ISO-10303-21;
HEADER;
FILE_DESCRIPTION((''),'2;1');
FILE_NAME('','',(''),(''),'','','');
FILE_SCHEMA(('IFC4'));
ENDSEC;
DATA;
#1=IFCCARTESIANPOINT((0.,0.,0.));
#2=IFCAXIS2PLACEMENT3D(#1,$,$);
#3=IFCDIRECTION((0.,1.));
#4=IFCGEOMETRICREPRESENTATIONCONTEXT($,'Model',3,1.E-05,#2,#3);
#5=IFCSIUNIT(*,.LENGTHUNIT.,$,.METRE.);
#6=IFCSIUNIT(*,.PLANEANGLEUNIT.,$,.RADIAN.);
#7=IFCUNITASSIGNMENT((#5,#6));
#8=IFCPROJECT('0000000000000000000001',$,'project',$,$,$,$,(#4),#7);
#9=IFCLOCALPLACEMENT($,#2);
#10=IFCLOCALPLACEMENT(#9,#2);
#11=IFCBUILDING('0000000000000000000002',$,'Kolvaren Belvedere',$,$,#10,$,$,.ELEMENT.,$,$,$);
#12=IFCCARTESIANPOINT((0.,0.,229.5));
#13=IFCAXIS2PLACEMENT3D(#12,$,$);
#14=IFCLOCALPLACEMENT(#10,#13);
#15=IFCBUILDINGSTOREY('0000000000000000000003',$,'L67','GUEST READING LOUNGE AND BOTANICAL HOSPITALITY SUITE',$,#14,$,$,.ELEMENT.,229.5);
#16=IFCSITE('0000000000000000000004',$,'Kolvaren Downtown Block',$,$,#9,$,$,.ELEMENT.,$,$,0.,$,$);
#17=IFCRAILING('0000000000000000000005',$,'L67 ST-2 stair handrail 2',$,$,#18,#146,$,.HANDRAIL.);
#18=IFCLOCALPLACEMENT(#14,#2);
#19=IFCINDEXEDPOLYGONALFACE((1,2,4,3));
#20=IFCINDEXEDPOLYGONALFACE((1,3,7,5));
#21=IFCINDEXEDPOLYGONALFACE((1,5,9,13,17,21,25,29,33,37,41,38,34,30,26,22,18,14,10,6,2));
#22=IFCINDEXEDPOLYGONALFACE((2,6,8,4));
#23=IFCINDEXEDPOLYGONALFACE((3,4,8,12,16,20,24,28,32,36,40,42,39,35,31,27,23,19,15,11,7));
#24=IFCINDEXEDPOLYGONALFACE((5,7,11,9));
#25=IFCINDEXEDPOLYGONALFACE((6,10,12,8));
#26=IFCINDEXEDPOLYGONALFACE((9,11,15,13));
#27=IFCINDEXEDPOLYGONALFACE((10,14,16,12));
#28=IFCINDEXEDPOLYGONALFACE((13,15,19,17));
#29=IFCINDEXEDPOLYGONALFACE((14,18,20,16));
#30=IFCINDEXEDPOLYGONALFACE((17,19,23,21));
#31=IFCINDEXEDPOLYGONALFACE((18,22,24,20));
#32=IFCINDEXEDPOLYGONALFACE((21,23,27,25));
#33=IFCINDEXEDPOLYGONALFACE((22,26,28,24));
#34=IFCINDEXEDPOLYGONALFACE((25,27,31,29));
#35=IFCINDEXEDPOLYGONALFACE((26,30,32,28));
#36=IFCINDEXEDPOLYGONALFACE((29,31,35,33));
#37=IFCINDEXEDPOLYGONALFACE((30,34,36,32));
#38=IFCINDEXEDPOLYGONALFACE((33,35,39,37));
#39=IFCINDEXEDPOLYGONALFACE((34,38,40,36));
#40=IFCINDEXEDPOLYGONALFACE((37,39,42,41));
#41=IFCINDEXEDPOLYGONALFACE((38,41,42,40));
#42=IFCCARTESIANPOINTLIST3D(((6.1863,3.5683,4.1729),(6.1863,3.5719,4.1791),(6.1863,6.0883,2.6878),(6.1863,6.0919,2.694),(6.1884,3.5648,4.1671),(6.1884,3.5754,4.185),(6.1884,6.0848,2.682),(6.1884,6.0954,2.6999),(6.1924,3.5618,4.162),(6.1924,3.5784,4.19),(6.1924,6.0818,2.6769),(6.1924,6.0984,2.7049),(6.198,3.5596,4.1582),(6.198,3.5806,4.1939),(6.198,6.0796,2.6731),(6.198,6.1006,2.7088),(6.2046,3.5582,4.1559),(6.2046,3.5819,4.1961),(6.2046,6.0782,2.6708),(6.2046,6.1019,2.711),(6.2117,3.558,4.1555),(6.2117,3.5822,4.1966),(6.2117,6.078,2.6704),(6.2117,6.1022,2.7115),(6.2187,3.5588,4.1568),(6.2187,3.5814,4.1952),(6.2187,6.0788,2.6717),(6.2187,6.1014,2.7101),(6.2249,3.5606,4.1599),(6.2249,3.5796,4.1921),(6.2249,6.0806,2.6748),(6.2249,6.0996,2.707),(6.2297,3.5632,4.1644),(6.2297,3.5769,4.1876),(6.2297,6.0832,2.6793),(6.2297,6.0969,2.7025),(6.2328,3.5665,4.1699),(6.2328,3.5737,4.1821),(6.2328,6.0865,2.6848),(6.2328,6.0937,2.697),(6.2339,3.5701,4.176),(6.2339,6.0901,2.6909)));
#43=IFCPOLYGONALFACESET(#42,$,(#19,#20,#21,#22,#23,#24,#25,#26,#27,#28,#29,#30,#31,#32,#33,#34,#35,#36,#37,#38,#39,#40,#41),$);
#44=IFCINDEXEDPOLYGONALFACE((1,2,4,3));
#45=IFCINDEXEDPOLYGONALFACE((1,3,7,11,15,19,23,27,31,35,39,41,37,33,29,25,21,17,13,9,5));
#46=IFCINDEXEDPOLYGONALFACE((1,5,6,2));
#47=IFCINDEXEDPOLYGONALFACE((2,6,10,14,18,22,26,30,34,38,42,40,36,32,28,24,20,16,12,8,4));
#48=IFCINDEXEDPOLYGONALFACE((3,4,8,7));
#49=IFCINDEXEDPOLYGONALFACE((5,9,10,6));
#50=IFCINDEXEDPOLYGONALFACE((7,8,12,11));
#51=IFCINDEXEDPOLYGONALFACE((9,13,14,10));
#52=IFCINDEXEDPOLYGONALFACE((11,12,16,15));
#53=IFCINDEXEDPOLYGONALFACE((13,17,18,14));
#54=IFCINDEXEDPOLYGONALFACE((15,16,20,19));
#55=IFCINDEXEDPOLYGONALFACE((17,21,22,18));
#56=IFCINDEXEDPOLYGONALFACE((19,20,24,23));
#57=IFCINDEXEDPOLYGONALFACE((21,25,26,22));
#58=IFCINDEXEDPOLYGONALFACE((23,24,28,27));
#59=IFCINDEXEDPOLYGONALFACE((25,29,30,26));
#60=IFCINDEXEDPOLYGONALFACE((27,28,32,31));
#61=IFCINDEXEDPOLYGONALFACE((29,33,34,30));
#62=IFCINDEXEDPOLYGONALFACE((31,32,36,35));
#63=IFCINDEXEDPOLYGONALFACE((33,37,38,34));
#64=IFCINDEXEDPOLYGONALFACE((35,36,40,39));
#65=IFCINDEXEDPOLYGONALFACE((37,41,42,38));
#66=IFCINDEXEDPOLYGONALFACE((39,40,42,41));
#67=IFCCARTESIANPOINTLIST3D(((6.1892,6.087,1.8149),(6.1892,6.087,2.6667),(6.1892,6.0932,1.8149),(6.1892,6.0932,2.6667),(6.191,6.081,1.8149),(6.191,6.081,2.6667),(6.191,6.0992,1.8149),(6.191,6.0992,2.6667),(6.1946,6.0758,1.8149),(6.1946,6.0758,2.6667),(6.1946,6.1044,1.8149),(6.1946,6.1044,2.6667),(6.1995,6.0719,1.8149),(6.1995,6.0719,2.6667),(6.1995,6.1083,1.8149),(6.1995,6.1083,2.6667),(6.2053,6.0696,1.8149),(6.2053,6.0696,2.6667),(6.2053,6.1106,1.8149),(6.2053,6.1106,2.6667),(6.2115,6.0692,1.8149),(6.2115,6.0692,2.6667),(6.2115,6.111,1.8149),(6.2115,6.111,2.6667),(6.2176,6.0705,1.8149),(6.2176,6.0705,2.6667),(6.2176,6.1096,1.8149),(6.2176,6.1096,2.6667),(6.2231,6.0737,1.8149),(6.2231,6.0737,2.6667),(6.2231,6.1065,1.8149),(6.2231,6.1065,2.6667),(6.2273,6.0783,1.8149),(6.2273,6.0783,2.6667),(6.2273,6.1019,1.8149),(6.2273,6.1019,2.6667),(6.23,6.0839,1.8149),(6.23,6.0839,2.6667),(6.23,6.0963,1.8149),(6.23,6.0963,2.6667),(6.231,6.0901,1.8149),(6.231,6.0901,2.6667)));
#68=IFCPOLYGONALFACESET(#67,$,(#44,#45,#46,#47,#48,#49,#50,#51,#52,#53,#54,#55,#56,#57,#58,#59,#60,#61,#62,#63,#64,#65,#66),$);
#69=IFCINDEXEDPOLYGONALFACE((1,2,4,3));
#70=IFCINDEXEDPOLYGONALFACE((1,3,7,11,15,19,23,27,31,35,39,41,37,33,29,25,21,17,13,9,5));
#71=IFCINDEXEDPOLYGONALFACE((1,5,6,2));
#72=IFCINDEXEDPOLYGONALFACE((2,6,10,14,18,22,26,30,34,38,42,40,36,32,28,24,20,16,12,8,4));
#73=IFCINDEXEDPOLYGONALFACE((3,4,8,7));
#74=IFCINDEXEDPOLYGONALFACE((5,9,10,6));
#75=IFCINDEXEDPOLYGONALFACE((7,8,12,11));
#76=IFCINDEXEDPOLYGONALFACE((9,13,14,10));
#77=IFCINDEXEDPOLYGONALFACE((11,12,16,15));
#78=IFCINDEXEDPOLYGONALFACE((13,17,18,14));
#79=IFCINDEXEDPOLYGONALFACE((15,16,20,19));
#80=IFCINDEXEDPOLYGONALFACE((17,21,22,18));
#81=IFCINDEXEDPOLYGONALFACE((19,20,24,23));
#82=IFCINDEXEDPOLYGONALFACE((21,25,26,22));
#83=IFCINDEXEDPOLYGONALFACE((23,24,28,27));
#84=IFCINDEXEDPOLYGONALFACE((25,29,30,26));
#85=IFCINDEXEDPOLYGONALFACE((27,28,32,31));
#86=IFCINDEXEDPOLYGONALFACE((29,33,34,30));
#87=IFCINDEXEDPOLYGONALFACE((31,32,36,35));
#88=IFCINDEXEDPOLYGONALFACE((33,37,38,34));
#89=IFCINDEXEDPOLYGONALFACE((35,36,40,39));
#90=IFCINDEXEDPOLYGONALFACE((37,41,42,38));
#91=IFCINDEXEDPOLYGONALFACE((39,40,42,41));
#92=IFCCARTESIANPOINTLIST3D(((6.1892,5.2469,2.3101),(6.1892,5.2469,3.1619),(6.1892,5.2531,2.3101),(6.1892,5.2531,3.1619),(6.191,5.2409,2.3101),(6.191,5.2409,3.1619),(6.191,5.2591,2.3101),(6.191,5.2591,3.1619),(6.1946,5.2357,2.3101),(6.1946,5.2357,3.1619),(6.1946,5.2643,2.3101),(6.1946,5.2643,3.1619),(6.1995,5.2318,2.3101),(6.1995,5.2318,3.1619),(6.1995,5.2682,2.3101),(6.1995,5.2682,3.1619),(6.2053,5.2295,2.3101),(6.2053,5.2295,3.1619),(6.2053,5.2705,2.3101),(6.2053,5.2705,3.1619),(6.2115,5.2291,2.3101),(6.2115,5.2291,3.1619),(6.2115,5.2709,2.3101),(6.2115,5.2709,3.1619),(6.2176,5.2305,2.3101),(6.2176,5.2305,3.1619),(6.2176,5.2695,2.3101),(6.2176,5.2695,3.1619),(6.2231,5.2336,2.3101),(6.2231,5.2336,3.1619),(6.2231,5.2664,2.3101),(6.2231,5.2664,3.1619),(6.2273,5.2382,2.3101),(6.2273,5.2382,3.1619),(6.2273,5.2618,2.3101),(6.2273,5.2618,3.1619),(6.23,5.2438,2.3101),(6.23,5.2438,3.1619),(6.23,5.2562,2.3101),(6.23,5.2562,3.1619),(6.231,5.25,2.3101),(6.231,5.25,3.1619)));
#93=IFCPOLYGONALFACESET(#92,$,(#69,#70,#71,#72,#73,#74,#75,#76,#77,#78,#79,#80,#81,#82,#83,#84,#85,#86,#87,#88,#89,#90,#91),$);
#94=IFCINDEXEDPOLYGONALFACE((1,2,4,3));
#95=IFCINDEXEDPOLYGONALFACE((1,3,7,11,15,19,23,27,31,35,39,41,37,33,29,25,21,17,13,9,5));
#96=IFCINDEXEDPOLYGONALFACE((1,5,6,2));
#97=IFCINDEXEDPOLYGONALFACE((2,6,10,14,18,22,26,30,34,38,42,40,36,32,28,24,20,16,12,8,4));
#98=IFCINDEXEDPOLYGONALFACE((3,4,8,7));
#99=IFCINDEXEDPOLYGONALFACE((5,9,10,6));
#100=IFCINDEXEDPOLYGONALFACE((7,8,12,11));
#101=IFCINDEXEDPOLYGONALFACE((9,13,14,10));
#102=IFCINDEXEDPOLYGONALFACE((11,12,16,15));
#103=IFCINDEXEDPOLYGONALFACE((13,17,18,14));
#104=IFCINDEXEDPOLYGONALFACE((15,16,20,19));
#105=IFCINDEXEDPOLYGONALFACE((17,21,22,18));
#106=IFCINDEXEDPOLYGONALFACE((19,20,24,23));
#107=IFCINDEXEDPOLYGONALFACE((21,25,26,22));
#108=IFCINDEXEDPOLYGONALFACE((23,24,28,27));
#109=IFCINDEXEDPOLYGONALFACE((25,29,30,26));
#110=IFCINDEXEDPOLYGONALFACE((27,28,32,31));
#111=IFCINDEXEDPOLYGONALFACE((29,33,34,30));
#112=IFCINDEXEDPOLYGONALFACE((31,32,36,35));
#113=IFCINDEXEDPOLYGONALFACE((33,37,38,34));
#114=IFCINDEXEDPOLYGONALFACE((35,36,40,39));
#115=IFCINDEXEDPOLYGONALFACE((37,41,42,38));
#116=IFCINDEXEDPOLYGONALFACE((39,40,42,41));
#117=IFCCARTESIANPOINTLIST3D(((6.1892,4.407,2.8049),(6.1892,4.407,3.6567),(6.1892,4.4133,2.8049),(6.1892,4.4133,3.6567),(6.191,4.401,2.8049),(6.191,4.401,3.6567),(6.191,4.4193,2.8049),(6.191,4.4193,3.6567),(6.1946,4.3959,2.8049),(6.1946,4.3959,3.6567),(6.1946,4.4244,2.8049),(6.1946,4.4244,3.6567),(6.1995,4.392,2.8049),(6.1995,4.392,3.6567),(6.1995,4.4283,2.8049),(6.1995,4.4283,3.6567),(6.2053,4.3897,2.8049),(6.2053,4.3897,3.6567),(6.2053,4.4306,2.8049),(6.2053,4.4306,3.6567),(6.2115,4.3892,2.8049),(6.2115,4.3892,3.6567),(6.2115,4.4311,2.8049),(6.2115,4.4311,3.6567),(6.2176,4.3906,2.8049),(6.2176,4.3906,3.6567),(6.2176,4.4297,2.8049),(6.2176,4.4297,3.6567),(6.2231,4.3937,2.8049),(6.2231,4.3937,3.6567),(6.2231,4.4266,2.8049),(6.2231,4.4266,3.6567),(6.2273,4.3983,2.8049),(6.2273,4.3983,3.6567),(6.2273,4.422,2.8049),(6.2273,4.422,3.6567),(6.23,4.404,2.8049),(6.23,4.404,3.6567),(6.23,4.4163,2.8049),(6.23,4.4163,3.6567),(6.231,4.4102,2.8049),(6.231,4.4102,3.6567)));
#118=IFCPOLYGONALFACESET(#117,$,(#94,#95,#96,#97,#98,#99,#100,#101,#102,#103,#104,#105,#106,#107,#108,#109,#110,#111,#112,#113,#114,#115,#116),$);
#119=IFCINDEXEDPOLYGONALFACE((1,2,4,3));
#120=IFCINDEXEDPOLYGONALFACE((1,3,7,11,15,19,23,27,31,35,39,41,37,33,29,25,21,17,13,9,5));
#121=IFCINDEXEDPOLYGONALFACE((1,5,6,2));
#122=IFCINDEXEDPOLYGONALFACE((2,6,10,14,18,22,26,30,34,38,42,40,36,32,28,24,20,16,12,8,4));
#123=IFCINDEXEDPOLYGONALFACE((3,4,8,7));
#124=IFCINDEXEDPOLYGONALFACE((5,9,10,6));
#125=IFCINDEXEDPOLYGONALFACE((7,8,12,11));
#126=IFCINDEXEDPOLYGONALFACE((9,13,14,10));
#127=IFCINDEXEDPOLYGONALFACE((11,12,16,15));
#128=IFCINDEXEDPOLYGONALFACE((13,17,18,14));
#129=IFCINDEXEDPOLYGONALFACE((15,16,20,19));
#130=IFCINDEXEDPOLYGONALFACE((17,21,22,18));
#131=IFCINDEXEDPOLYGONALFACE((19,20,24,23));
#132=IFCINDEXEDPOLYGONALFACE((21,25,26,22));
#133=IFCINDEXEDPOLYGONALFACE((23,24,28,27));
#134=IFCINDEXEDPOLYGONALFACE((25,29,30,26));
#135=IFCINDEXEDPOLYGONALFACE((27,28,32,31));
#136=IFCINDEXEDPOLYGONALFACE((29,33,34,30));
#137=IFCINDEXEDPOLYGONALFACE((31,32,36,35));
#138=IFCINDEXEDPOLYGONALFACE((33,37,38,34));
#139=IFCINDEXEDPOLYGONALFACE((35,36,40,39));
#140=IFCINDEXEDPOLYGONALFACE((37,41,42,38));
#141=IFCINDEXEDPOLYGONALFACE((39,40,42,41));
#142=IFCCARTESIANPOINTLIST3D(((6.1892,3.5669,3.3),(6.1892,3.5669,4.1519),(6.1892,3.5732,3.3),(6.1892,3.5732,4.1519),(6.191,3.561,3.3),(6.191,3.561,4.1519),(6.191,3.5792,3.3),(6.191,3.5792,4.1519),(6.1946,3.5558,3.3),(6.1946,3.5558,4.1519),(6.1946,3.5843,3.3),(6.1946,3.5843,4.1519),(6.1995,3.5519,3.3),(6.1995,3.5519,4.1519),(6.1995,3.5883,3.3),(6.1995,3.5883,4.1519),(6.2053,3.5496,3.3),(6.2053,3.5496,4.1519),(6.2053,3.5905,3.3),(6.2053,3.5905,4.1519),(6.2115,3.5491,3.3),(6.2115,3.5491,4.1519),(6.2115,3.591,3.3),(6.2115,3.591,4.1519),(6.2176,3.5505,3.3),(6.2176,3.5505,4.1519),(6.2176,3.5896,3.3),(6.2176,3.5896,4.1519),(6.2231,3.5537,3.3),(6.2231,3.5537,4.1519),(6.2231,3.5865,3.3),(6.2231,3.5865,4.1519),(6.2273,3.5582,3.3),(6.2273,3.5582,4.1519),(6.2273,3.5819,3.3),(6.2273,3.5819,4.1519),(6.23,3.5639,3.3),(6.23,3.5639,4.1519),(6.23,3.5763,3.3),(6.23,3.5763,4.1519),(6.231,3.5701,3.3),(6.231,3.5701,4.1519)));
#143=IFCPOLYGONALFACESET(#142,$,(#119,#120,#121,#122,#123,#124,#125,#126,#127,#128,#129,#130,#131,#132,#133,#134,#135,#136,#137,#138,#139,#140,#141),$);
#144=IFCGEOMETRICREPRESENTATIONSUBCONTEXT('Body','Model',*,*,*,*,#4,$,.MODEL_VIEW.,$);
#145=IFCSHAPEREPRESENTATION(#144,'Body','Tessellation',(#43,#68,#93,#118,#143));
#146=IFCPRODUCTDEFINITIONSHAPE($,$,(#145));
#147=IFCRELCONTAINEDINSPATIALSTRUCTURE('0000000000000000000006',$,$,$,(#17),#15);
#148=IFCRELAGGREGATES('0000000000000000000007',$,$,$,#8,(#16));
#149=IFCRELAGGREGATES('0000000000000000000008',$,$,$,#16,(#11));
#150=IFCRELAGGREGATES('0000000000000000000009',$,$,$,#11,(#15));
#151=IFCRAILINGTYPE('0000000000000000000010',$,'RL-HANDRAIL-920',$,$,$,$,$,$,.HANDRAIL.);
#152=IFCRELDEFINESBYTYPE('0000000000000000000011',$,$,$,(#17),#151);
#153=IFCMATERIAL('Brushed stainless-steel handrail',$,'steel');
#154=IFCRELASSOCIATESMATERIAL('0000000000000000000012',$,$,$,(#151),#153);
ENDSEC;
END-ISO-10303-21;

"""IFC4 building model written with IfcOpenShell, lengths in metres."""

from ifc_helpers import new_model, si_unit, direction, frame, origin, origin_2d, place, context, subcontext, project, spatial, circle, extrude, material, type_object, element, save


model = new_model("IFC4")

# Units and contexts
model_context = context("Model", 3, precision=1e-05, world=origin(), true_north=direction((0.0, 1.0)))
body_context = subcontext(model_context, "Body", "Model", "MODEL_VIEW")
ifc_project = project(units=[si_unit("LENGTHUNIT", "METRE"), si_unit("PLANEANGLEUNIT", "RADIAN")], contexts=[model_context])

# Site, building, storey
site_placement = place(None, origin())
site = spatial("IfcSite", under=ifc_project, at=site_placement, Name="Kolvaren Downtown Block", CompositionType="ELEMENT", RefElevation=0.0)
building_placement = place(site_placement, origin())
building = spatial("IfcBuilding", under=site, at=building_placement, Name="Kolvaren Belvedere", CompositionType="ELEMENT")
storey_placement = place(building_placement, frame((0.0, 0.0, 229.5)))
storey = spatial("IfcBuildingStorey", under=building, at=storey_placement, Name="L67", Description="GUEST READING LOUNGE AND BOTANICAL HOSPITALITY SUITE", CompositionType="ELEMENT", Elevation=229.5)

# Railing
ifc_material_1 = material(Name="Brushed stainless-steel handrail", Category="steel")
railing_type_1 = type_object("IfcRailingType", Name="RL-HANDRAIL-920", PredefinedType="HANDRAIL", material=ifc_material_1)
railing_1_placement = place(storey_placement, frame((6.21, 6.0901, 1.8149)))
element("IfcRailing", 1, at=railing_1_placement, inside=storey, type_object=railing_type_1, Name="L67 ST-2 stair handrail 2", PredefinedType="HANDRAIL", context=body_context, shape_type="SweptSolid", body=[
    extrude(circle(Radius=0.0239, at=origin_2d()), frame((0.0, 0.0, 0.876), z_axis=(0.0, -0.861524, 0.507717), x_axis=(1.0, 0.0, 0.0)), (0.0, 0.0, 1.0), 2.925),
    extrude(circle(Radius=0.021, at=origin_2d()), origin(), (0.0, 0.0, 1.0), 0.8518),
    extrude(circle(Radius=0.021, at=origin_2d()), frame((0.0, -0.8401, 0.4951)), (0.0, 0.0, 1.0), 0.8518),
    extrude(circle(Radius=0.021, at=origin_2d()), frame((0.0, -1.6799, 0.99)), (0.0, 0.0, 1.0), 0.8518),
    extrude(circle(Radius=0.021, at=origin_2d()), frame((0.0, -2.52, 1.4851)), (0.0, 0.0, 1.0), 0.8518),
])

save(model, "model.ifc")
